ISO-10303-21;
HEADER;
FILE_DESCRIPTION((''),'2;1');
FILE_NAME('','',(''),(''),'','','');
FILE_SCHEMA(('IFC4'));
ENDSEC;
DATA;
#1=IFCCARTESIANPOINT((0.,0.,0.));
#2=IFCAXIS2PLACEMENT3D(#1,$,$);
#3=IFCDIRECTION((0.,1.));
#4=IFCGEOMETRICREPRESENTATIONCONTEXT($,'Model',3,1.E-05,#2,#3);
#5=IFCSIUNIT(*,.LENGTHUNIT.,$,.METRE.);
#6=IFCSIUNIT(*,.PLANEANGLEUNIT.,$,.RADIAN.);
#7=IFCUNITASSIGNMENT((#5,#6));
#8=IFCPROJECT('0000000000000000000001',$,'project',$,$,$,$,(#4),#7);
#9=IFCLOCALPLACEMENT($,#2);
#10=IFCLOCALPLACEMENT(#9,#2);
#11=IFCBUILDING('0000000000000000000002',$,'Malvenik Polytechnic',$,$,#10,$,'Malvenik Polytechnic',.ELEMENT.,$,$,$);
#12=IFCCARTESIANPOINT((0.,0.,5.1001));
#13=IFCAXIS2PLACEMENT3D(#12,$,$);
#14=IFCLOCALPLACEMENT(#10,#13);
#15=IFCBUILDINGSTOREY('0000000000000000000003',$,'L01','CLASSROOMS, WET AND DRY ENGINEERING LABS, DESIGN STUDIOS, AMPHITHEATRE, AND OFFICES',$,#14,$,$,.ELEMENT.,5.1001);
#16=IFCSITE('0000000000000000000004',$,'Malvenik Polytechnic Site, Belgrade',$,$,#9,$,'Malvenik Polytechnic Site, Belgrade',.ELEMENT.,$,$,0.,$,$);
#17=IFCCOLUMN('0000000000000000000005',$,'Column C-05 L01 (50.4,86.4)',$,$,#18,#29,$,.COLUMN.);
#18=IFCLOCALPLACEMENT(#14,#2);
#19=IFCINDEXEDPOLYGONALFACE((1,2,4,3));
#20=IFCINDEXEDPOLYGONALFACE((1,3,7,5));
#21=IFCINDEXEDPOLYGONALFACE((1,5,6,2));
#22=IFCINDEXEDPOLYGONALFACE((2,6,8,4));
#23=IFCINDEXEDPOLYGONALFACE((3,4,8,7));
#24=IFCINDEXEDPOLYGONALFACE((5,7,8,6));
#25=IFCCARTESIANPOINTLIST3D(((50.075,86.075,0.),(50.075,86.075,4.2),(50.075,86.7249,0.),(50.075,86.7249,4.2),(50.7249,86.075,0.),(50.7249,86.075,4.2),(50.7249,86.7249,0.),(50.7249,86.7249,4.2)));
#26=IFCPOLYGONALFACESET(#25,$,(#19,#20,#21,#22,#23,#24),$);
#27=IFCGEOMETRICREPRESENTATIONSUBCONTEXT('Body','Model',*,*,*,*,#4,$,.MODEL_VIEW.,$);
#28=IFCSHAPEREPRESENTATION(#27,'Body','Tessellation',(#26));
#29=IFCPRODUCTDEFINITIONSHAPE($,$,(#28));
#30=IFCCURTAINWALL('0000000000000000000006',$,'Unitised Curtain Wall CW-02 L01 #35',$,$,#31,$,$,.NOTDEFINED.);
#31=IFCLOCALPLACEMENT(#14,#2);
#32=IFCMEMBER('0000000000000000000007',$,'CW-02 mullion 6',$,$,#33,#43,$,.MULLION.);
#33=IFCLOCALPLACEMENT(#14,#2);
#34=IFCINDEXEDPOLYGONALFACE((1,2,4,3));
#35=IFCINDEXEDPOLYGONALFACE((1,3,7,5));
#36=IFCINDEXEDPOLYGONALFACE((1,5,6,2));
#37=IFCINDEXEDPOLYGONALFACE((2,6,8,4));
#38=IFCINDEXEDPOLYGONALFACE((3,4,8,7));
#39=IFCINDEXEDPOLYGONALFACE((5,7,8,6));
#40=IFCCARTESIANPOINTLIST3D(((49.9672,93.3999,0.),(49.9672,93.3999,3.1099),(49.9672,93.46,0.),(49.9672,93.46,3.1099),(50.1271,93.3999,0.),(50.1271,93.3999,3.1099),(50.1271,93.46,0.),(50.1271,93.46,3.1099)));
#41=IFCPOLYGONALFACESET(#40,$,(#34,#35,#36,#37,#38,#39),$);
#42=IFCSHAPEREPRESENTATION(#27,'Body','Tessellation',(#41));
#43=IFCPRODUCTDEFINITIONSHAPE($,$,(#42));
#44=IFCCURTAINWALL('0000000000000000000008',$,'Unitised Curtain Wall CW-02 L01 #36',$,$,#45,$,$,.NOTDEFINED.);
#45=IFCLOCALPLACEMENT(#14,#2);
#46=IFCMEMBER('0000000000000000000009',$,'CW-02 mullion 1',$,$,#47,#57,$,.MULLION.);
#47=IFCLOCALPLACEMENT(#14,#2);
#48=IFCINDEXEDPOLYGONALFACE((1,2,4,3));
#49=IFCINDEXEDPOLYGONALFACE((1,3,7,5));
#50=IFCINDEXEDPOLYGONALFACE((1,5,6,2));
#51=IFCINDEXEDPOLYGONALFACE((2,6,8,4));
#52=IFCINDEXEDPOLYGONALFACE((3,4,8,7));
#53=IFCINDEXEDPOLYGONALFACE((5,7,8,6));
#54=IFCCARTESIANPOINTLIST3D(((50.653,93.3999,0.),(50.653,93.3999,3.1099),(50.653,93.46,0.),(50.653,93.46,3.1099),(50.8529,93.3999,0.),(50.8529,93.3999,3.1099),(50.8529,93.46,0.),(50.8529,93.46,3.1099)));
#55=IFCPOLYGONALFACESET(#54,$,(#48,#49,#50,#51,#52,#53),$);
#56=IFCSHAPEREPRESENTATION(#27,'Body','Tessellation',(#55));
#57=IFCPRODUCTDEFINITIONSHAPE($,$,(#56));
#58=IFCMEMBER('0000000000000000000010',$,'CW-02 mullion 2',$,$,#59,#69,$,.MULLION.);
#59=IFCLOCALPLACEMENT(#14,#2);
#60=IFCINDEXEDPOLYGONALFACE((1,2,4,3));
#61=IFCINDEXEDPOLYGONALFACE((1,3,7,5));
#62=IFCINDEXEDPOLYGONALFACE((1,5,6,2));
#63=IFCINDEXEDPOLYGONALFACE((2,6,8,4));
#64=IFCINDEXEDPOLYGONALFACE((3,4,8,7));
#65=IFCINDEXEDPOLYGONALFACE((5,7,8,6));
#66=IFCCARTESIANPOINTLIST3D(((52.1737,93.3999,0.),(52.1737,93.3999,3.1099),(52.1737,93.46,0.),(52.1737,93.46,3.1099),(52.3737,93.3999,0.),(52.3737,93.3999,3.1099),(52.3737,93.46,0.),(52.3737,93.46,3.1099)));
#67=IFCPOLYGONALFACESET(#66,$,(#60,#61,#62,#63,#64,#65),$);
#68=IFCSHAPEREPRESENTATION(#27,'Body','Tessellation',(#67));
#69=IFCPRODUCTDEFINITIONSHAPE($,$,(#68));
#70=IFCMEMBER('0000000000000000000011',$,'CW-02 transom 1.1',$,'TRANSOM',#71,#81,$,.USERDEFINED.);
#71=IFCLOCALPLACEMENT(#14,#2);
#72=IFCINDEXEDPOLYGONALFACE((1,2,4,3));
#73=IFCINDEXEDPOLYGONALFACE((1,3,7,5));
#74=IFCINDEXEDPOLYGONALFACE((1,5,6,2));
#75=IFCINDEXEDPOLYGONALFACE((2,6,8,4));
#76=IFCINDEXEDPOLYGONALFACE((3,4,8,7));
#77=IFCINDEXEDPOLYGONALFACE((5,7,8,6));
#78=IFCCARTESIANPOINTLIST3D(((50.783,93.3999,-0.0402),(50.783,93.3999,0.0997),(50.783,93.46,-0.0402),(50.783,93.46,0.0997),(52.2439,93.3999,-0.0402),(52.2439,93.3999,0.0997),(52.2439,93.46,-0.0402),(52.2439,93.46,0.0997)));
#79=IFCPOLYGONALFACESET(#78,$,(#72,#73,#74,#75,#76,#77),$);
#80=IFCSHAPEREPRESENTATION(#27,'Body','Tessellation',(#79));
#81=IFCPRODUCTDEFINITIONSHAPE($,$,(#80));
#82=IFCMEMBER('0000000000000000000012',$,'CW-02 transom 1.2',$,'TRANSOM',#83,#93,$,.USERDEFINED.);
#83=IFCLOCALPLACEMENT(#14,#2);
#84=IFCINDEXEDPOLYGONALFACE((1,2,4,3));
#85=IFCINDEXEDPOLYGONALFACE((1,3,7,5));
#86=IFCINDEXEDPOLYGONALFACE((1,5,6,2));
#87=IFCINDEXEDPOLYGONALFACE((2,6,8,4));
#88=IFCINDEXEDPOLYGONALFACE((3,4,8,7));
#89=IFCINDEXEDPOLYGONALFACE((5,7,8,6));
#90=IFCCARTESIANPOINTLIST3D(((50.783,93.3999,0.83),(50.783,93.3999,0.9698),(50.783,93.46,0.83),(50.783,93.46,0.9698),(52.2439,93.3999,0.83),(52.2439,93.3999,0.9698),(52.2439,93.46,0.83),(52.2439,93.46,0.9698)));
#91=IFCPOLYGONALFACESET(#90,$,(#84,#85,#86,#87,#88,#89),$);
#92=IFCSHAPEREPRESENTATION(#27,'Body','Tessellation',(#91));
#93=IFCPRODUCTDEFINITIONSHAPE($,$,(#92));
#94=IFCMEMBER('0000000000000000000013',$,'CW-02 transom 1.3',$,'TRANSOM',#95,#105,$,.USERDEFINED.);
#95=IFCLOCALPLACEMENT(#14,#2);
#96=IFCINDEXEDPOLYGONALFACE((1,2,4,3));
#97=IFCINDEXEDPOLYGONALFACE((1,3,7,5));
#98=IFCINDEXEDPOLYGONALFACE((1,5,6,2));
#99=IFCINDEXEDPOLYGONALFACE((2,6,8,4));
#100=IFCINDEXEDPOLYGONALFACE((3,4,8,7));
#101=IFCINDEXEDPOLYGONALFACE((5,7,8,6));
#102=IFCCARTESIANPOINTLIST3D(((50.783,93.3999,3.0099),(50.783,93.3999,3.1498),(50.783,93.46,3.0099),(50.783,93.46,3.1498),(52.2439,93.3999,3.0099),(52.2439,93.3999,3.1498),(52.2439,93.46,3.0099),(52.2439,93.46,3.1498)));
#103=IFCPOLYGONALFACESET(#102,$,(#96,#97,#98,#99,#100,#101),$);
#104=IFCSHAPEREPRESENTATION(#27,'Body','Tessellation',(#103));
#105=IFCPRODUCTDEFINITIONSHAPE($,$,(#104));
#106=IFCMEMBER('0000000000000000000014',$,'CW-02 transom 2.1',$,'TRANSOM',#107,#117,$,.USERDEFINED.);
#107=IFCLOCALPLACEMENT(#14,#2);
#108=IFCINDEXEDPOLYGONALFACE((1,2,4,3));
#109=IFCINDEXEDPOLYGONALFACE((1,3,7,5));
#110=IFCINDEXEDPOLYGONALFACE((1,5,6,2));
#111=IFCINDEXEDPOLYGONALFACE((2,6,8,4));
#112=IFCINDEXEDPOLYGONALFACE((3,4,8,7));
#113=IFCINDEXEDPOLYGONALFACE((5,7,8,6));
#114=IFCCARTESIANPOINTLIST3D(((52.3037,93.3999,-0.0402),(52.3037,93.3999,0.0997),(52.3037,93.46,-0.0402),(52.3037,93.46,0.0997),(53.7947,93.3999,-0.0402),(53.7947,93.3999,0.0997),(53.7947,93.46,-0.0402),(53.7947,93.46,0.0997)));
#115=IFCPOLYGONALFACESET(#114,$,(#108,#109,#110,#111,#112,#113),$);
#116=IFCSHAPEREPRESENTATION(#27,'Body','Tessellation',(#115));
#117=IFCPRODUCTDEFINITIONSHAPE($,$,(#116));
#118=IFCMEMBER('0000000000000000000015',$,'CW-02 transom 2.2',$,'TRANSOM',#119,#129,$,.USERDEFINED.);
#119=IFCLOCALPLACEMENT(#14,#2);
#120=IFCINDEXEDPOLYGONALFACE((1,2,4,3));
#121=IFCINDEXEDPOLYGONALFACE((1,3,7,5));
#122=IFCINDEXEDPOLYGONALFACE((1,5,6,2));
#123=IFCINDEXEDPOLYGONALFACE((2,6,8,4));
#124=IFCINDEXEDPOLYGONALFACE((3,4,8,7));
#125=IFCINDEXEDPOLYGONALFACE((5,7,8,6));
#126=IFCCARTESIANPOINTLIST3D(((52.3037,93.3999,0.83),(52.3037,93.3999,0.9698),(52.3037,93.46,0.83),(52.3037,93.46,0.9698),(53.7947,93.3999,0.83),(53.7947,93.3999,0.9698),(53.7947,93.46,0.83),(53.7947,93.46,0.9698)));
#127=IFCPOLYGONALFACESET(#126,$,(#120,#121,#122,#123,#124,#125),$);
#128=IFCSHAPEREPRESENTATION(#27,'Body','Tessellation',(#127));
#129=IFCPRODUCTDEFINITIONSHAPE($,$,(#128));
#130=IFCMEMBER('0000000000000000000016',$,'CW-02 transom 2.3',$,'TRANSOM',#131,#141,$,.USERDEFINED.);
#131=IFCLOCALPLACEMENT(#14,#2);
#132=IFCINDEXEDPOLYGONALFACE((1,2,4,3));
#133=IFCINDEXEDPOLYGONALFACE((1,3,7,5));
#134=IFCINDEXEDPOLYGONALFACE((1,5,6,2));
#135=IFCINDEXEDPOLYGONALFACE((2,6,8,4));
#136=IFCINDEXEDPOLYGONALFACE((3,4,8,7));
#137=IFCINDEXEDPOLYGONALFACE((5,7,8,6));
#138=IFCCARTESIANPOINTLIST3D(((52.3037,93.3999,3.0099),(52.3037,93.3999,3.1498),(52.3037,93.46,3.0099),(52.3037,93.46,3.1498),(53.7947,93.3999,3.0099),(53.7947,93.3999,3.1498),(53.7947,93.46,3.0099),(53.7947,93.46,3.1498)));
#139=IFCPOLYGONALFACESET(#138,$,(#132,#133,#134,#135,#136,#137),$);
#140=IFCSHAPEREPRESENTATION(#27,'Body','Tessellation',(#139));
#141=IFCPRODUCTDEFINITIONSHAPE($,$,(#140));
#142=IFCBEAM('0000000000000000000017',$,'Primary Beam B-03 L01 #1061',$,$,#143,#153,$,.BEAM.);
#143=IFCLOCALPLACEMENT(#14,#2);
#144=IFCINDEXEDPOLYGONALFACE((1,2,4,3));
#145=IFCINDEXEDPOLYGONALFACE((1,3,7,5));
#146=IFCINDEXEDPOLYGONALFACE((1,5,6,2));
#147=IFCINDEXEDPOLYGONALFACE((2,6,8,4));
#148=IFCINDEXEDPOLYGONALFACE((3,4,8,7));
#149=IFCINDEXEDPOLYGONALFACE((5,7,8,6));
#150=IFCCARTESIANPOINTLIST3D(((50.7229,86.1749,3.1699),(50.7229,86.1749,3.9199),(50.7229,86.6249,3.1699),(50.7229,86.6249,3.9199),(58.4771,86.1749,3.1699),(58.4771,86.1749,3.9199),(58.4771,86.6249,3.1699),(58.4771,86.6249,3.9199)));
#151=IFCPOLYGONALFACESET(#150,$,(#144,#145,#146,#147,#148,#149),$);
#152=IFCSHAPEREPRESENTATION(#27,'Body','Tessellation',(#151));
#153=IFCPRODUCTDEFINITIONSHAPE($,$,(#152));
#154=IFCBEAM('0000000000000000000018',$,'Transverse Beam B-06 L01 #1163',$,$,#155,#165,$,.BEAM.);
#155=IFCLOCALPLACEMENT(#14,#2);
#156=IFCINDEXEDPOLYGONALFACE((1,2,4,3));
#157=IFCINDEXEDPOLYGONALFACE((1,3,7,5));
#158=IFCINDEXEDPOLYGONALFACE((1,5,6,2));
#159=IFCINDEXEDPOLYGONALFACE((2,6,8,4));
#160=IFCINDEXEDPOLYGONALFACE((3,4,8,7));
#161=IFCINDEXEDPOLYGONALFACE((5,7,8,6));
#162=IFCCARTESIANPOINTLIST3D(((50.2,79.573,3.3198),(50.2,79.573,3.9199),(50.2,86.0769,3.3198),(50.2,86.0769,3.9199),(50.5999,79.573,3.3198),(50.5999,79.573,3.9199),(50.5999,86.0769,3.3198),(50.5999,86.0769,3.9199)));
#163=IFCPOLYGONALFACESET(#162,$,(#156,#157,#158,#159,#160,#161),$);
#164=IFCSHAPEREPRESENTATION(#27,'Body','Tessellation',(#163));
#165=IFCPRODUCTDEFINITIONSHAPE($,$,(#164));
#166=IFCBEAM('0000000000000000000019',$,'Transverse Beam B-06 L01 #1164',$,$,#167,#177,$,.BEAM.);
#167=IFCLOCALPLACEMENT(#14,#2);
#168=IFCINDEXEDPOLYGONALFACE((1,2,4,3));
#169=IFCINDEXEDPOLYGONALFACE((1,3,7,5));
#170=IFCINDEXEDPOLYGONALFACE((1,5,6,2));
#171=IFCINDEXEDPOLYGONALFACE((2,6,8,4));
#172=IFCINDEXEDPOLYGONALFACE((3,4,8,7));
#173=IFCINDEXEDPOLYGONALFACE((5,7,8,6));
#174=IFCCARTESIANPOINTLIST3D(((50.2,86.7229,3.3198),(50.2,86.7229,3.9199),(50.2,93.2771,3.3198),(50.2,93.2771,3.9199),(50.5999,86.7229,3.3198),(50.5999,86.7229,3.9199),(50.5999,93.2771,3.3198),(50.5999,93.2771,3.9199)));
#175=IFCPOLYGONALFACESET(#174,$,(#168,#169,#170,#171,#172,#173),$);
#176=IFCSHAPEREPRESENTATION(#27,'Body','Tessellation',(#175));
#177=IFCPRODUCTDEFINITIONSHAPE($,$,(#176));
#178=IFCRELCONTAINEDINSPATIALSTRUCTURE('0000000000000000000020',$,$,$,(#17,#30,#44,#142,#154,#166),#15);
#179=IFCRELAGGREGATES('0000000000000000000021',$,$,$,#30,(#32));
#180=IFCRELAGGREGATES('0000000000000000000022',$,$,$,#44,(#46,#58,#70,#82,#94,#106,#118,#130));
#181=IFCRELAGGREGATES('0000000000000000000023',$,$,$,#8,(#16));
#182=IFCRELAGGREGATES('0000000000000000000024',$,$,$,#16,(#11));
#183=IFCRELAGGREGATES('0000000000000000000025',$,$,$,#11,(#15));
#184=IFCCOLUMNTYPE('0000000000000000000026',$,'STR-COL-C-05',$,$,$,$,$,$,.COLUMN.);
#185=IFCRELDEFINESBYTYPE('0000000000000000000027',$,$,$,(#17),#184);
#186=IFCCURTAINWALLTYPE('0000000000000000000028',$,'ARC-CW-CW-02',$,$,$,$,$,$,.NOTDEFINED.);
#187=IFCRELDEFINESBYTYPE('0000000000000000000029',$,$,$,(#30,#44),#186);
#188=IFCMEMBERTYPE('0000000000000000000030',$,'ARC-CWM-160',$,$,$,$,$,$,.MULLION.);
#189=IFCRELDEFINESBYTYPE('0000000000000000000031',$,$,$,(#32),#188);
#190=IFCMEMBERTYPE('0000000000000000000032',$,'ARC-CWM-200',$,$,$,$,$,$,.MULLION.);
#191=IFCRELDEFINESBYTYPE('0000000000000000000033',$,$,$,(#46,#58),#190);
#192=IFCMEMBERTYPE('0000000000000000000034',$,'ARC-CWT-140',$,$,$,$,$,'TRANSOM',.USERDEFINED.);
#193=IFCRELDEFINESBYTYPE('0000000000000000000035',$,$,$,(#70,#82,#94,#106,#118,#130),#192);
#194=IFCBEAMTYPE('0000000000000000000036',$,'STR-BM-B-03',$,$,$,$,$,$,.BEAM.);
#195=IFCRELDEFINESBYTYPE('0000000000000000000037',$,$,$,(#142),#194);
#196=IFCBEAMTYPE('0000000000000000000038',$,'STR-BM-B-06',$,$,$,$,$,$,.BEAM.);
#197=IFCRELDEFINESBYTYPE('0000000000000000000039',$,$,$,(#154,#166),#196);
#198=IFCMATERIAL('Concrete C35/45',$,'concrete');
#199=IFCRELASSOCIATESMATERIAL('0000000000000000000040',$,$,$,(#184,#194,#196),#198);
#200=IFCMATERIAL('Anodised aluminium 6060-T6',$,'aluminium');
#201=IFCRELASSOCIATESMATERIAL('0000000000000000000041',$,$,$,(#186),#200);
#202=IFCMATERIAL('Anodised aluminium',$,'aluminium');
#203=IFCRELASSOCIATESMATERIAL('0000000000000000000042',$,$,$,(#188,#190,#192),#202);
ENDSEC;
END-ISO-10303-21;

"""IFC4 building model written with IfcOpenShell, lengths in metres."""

from ifc_helpers import new_model, si_unit, direction, frame, origin, origin_2d, place, context, subcontext, project, spatial, rectangle, extrude, material, material_profile, profile_set, type_object, element, aggregate, save


model = new_model("IFC4")

# Units and contexts
model_context = context("Model", 3, precision=1e-05, world=origin(), true_north=direction((0.0, 1.0)))
body_context = subcontext(model_context, "Body", "Model", "MODEL_VIEW")
ifc_project = project(units=[si_unit("LENGTHUNIT", "METRE"), si_unit("PLANEANGLEUNIT", "RADIAN")], contexts=[model_context])

# Site, building, storey
site_placement = place(None, origin())
site = spatial("IfcSite", under=ifc_project, at=site_placement, Name="Malvenik Polytechnic Site, Belgrade", LongName="Malvenik Polytechnic Site, Belgrade", CompositionType="ELEMENT", RefElevation=0.0)
building_placement = place(site_placement, origin())
building = spatial("IfcBuilding", under=site, at=building_placement, Name="Malvenik Polytechnic", LongName="Malvenik Polytechnic", CompositionType="ELEMENT")
storey_placement = place(building_placement, frame((0.0, 0.0, 5.1001)))
storey = spatial("IfcBuildingStorey", under=building, at=storey_placement, Name="L01", Description="CLASSROOMS, WET AND DRY ENGINEERING LABS, DESIGN STUDIOS, AMPHITHEATRE, AND OFFICES", CompositionType="ELEMENT", Elevation=5.1001)

# Column
ifc_material_1 = material(Name="Concrete C35/45", Category="concrete")
ifc_material_profile_1 = material_profile(ifc_material_1, rectangle(XDim=0.6499, YDim=0.6499, at=origin_2d()), Name="RC COL 650x650")
ifc_profile_set_1 = profile_set([ifc_material_profile_1], Name="Concrete C35/45")
column_type = type_object("IfcColumnType", Name="STR-COL-C-05", PredefinedType="COLUMN", material=ifc_profile_set_1)
column_placement = place(storey_placement, frame((50.3999, 86.3999, 0.0), z_axis=(0.0, 0.0, 1.0), x_axis=(1.0, 0.0, 0.0)))
element("IfcColumn", 1, at=column_placement, inside=storey, type_object=column_type, Name="Column C-05 L01 (50.4,86.4)", PredefinedType="COLUMN", context=body_context, shape_type="SweptSolid", body=[
    extrude(rectangle(XDim=0.6499, YDim=0.6499, at=origin_2d()), origin(), (0.0, 0.0, 1.0), 4.2),
])

# Curtain wall, member
ifc_material_2 = material(Name="Anodised aluminium 6060-T6", Category="aluminium")
curtain_wall_type = type_object("IfcCurtainWallType", Name="ARC-CW-CW-02", PredefinedType="NOTDEFINED", material=ifc_material_2)
curtain_wall_1_placement = place(storey_placement, origin())
curtain_wall_1 = element("IfcCurtainWall", 2, at=curtain_wall_1_placement, inside=storey, type_object=curtain_wall_type, Name="Unitised Curtain Wall CW-02 L01 #35", PredefinedType="NOTDEFINED")
ifc_material_3 = material(Name="Anodised aluminium", Category="aluminium")
ifc_material_profile_2 = material_profile(ifc_material_3, rectangle(XDim=0.0601, YDim=0.1599, at=origin_2d()), Name="ALU MULLION 60x160")
ifc_profile_set_2 = profile_set([ifc_material_profile_2], Name="Anodised aluminium")
member_type_1 = type_object("IfcMemberType", Name="ARC-CWM-160", PredefinedType="MULLION", material=ifc_profile_set_2)
member_1_placement = place(storey_placement, frame((50.0471, 93.4299, 0.0), z_axis=(0.0, 0.0, 1.0), x_axis=(0.0, 1.0, 0.0)))
member_1 = element("IfcMember", 3, at=member_1_placement, type_object=member_type_1, Name="CW-02 mullion 6", PredefinedType="MULLION", context=body_context, shape_type="SweptSolid", body=[
    extrude(rectangle(XDim=0.0601, YDim=0.1599, at=origin_2d()), origin(), (0.0, 0.0, 1.0), 3.1099),
])

# Curtain wall, members
curtain_wall_2_placement = place(storey_placement, origin())
curtain_wall_2 = element("IfcCurtainWall", 4, at=curtain_wall_2_placement, inside=storey, type_object=curtain_wall_type, Name="Unitised Curtain Wall CW-02 L01 #36", PredefinedType="NOTDEFINED")
ifc_material_profile_3 = material_profile(ifc_material_3, rectangle(XDim=0.0601, YDim=0.2, at=origin_2d()), Name="ALU MULLION 60x200")
ifc_profile_set_3 = profile_set([ifc_material_profile_3], Name="Anodised aluminium")
member_type_2 = type_object("IfcMemberType", Name="ARC-CWM-200", PredefinedType="MULLION", material=ifc_profile_set_3)
member_2_placement = place(storey_placement, frame((50.7529, 93.4299, 0.0), z_axis=(0.0, 0.0, 1.0), x_axis=(0.0, 1.0, 0.0)))
member_2 = element("IfcMember", 5, at=member_2_placement, type_object=member_type_2, Name="CW-02 mullion 1", PredefinedType="MULLION", context=body_context, shape_type="SweptSolid", body=[
    extrude(rectangle(XDim=0.0601, YDim=0.2, at=origin_2d()), origin(), (0.0, 0.0, 1.0), 3.1099),
])
member_3_placement = place(storey_placement, frame((52.2737, 93.4299, 0.0), z_axis=(0.0, 0.0, 1.0), x_axis=(0.0, 1.0, 0.0)))
member_3 = element("IfcMember", 6, at=member_3_placement, type_object=member_type_2, Name="CW-02 mullion 2", PredefinedType="MULLION", context=body_context, shape_type="SweptSolid", body=[
    extrude(rectangle(XDim=0.0601, YDim=0.2, at=origin_2d()), origin(), (0.0, 0.0, 1.0), 3.1099),
])
ifc_material_profile_4 = material_profile(ifc_material_3, rectangle(XDim=0.0601, YDim=0.1399, at=origin_2d()), Name="ALU TRANSOM 60x140")
ifc_profile_set_4 = profile_set([ifc_material_profile_4], Name="Anodised aluminium")
member_type_3 = type_object("IfcMemberType", Name="ARC-CWT-140", ElementType="TRANSOM", PredefinedType="USERDEFINED", material=ifc_profile_set_4)
member_4_placement = place(storey_placement, frame((50.783, 93.4299, 0.0298), z_axis=(1.0, 0.0, 0.0), x_axis=(0.0, 1.0, 0.0)))
member_4 = element("IfcMember", 7, at=member_4_placement, type_object=member_type_3, Name="CW-02 transom 1.1", ObjectType="TRANSOM", PredefinedType="USERDEFINED", context=body_context, shape_type="SweptSolid", body=[
    extrude(rectangle(XDim=0.0601, YDim=0.1399, at=origin_2d()), origin(), (0.0, 0.0, 1.0), 1.4609),
])
member_5_placement = place(storey_placement, frame((50.783, 93.4299, 0.8999), z_axis=(1.0, 0.0, 0.0), x_axis=(0.0, 1.0, 0.0)))
member_5 = element("IfcMember", 8, at=member_5_placement, type_object=member_type_3, Name="CW-02 transom 1.2", ObjectType="TRANSOM", PredefinedType="USERDEFINED", context=body_context, shape_type="SweptSolid", body=[
    extrude(rectangle(XDim=0.0601, YDim=0.1399, at=origin_2d()), origin(), (0.0, 0.0, 1.0), 1.4609),
])
member_6_placement = place(storey_placement, frame((50.783, 93.4299, 3.0798), z_axis=(1.0, 0.0, 0.0), x_axis=(0.0, 1.0, 0.0)))
member_6 = element("IfcMember", 9, at=member_6_placement, type_object=member_type_3, Name="CW-02 transom 1.3", ObjectType="TRANSOM", PredefinedType="USERDEFINED", context=body_context, shape_type="SweptSolid", body=[
    extrude(rectangle(XDim=0.0601, YDim=0.1399, at=origin_2d()), origin(), (0.0, 0.0, 1.0), 1.4609),
])
member_7_placement = place(storey_placement, frame((52.3037, 93.4299, 0.0298), z_axis=(1.0, 0.0, 0.0), x_axis=(0.0, 1.0, 0.0)))
member_7 = element("IfcMember", 10, at=member_7_placement, type_object=member_type_3, Name="CW-02 transom 2.1", ObjectType="TRANSOM", PredefinedType="USERDEFINED", context=body_context, shape_type="SweptSolid", body=[
    extrude(rectangle(XDim=0.0601, YDim=0.1399, at=origin_2d()), origin(), (0.0, 0.0, 1.0), 1.491),
])
member_8_placement = place(storey_placement, frame((52.3037, 93.4299, 0.8999), z_axis=(1.0, 0.0, 0.0), x_axis=(0.0, 1.0, 0.0)))
member_8 = element("IfcMember", 11, at=member_8_placement, type_object=member_type_3, Name="CW-02 transom 2.2", ObjectType="TRANSOM", PredefinedType="USERDEFINED", context=body_context, shape_type="SweptSolid", body=[
    extrude(rectangle(XDim=0.0601, YDim=0.1399, at=origin_2d()), origin(), (0.0, 0.0, 1.0), 1.491),
])
member_9_placement = place(storey_placement, frame((52.3037, 93.4299, 3.0798), z_axis=(1.0, 0.0, 0.0), x_axis=(0.0, 1.0, 0.0)))
member_9 = element("IfcMember", 12, at=member_9_placement, type_object=member_type_3, Name="CW-02 transom 2.3", ObjectType="TRANSOM", PredefinedType="USERDEFINED", context=body_context, shape_type="SweptSolid", body=[
    extrude(rectangle(XDim=0.0601, YDim=0.1399, at=origin_2d()), origin(), (0.0, 0.0, 1.0), 1.491),
])

# Beams
ifc_material_profile_5 = material_profile(ifc_material_1, rectangle(XDim=0.45, YDim=0.75, at=origin_2d()), Name="RC BM 450x750")
ifc_profile_set_5 = profile_set([ifc_material_profile_5], Name="Concrete C35/45")
beam_type_1 = type_object("IfcBeamType", Name="STR-BM-B-03", PredefinedType="BEAM", material=ifc_profile_set_5)
beam_1_placement = place(storey_placement, frame((50.7229, 86.3999, 3.5449), z_axis=(1.0, 0.0, 0.0), x_axis=(0.0, 1.0, 0.0)))
element("IfcBeam", 13, at=beam_1_placement, inside=storey, type_object=beam_type_1, Name="Primary Beam B-03 L01 #1061", PredefinedType="BEAM", context=body_context, shape_type="SweptSolid", body=[
    extrude(rectangle(XDim=0.45, YDim=0.75, at=origin_2d()), origin(), (0.0, 0.0, 1.0), 7.7542),
])
ifc_material_profile_6 = material_profile(ifc_material_1, rectangle(XDim=0.3999, YDim=0.6001, at=origin_2d()), Name="RC BM 400x600")
ifc_profile_set_6 = profile_set([ifc_material_profile_6], Name="Concrete C35/45")
beam_type_2 = type_object("IfcBeamType", Name="STR-BM-B-06", PredefinedType="BEAM", material=ifc_profile_set_6)
beam_2_placement = place(storey_placement, frame((50.3999, 79.573, 3.6199), z_axis=(0.0, 1.0, 0.0), x_axis=(-1.0, 0.0, 0.0)))
element("IfcBeam", 14, at=beam_2_placement, inside=storey, type_object=beam_type_2, Name="Transverse Beam B-06 L01 #1163", PredefinedType="BEAM", context=body_context, shape_type="SweptSolid", body=[
    extrude(rectangle(XDim=0.3999, YDim=0.6001, at=origin_2d()), origin(), (0.0, 0.0, 1.0), 6.5039),
])
beam_3_placement = place(storey_placement, frame((50.3999, 86.7229, 3.6199), z_axis=(0.0, 1.0, 0.0), x_axis=(-1.0, 0.0, 0.0)))
element("IfcBeam", 15, at=beam_3_placement, inside=storey, type_object=beam_type_2, Name="Transverse Beam B-06 L01 #1164", PredefinedType="BEAM", context=body_context, shape_type="SweptSolid", body=[
    extrude(rectangle(XDim=0.3999, YDim=0.6001, at=origin_2d()), origin(), (0.0, 0.0, 1.0), 6.5542),
])

aggregate(curtain_wall_1, [member_1])
aggregate(curtain_wall_2, [member_2, member_3, member_4, member_5, member_6, member_7, member_8, member_9])

save(model, "model.ifc")
